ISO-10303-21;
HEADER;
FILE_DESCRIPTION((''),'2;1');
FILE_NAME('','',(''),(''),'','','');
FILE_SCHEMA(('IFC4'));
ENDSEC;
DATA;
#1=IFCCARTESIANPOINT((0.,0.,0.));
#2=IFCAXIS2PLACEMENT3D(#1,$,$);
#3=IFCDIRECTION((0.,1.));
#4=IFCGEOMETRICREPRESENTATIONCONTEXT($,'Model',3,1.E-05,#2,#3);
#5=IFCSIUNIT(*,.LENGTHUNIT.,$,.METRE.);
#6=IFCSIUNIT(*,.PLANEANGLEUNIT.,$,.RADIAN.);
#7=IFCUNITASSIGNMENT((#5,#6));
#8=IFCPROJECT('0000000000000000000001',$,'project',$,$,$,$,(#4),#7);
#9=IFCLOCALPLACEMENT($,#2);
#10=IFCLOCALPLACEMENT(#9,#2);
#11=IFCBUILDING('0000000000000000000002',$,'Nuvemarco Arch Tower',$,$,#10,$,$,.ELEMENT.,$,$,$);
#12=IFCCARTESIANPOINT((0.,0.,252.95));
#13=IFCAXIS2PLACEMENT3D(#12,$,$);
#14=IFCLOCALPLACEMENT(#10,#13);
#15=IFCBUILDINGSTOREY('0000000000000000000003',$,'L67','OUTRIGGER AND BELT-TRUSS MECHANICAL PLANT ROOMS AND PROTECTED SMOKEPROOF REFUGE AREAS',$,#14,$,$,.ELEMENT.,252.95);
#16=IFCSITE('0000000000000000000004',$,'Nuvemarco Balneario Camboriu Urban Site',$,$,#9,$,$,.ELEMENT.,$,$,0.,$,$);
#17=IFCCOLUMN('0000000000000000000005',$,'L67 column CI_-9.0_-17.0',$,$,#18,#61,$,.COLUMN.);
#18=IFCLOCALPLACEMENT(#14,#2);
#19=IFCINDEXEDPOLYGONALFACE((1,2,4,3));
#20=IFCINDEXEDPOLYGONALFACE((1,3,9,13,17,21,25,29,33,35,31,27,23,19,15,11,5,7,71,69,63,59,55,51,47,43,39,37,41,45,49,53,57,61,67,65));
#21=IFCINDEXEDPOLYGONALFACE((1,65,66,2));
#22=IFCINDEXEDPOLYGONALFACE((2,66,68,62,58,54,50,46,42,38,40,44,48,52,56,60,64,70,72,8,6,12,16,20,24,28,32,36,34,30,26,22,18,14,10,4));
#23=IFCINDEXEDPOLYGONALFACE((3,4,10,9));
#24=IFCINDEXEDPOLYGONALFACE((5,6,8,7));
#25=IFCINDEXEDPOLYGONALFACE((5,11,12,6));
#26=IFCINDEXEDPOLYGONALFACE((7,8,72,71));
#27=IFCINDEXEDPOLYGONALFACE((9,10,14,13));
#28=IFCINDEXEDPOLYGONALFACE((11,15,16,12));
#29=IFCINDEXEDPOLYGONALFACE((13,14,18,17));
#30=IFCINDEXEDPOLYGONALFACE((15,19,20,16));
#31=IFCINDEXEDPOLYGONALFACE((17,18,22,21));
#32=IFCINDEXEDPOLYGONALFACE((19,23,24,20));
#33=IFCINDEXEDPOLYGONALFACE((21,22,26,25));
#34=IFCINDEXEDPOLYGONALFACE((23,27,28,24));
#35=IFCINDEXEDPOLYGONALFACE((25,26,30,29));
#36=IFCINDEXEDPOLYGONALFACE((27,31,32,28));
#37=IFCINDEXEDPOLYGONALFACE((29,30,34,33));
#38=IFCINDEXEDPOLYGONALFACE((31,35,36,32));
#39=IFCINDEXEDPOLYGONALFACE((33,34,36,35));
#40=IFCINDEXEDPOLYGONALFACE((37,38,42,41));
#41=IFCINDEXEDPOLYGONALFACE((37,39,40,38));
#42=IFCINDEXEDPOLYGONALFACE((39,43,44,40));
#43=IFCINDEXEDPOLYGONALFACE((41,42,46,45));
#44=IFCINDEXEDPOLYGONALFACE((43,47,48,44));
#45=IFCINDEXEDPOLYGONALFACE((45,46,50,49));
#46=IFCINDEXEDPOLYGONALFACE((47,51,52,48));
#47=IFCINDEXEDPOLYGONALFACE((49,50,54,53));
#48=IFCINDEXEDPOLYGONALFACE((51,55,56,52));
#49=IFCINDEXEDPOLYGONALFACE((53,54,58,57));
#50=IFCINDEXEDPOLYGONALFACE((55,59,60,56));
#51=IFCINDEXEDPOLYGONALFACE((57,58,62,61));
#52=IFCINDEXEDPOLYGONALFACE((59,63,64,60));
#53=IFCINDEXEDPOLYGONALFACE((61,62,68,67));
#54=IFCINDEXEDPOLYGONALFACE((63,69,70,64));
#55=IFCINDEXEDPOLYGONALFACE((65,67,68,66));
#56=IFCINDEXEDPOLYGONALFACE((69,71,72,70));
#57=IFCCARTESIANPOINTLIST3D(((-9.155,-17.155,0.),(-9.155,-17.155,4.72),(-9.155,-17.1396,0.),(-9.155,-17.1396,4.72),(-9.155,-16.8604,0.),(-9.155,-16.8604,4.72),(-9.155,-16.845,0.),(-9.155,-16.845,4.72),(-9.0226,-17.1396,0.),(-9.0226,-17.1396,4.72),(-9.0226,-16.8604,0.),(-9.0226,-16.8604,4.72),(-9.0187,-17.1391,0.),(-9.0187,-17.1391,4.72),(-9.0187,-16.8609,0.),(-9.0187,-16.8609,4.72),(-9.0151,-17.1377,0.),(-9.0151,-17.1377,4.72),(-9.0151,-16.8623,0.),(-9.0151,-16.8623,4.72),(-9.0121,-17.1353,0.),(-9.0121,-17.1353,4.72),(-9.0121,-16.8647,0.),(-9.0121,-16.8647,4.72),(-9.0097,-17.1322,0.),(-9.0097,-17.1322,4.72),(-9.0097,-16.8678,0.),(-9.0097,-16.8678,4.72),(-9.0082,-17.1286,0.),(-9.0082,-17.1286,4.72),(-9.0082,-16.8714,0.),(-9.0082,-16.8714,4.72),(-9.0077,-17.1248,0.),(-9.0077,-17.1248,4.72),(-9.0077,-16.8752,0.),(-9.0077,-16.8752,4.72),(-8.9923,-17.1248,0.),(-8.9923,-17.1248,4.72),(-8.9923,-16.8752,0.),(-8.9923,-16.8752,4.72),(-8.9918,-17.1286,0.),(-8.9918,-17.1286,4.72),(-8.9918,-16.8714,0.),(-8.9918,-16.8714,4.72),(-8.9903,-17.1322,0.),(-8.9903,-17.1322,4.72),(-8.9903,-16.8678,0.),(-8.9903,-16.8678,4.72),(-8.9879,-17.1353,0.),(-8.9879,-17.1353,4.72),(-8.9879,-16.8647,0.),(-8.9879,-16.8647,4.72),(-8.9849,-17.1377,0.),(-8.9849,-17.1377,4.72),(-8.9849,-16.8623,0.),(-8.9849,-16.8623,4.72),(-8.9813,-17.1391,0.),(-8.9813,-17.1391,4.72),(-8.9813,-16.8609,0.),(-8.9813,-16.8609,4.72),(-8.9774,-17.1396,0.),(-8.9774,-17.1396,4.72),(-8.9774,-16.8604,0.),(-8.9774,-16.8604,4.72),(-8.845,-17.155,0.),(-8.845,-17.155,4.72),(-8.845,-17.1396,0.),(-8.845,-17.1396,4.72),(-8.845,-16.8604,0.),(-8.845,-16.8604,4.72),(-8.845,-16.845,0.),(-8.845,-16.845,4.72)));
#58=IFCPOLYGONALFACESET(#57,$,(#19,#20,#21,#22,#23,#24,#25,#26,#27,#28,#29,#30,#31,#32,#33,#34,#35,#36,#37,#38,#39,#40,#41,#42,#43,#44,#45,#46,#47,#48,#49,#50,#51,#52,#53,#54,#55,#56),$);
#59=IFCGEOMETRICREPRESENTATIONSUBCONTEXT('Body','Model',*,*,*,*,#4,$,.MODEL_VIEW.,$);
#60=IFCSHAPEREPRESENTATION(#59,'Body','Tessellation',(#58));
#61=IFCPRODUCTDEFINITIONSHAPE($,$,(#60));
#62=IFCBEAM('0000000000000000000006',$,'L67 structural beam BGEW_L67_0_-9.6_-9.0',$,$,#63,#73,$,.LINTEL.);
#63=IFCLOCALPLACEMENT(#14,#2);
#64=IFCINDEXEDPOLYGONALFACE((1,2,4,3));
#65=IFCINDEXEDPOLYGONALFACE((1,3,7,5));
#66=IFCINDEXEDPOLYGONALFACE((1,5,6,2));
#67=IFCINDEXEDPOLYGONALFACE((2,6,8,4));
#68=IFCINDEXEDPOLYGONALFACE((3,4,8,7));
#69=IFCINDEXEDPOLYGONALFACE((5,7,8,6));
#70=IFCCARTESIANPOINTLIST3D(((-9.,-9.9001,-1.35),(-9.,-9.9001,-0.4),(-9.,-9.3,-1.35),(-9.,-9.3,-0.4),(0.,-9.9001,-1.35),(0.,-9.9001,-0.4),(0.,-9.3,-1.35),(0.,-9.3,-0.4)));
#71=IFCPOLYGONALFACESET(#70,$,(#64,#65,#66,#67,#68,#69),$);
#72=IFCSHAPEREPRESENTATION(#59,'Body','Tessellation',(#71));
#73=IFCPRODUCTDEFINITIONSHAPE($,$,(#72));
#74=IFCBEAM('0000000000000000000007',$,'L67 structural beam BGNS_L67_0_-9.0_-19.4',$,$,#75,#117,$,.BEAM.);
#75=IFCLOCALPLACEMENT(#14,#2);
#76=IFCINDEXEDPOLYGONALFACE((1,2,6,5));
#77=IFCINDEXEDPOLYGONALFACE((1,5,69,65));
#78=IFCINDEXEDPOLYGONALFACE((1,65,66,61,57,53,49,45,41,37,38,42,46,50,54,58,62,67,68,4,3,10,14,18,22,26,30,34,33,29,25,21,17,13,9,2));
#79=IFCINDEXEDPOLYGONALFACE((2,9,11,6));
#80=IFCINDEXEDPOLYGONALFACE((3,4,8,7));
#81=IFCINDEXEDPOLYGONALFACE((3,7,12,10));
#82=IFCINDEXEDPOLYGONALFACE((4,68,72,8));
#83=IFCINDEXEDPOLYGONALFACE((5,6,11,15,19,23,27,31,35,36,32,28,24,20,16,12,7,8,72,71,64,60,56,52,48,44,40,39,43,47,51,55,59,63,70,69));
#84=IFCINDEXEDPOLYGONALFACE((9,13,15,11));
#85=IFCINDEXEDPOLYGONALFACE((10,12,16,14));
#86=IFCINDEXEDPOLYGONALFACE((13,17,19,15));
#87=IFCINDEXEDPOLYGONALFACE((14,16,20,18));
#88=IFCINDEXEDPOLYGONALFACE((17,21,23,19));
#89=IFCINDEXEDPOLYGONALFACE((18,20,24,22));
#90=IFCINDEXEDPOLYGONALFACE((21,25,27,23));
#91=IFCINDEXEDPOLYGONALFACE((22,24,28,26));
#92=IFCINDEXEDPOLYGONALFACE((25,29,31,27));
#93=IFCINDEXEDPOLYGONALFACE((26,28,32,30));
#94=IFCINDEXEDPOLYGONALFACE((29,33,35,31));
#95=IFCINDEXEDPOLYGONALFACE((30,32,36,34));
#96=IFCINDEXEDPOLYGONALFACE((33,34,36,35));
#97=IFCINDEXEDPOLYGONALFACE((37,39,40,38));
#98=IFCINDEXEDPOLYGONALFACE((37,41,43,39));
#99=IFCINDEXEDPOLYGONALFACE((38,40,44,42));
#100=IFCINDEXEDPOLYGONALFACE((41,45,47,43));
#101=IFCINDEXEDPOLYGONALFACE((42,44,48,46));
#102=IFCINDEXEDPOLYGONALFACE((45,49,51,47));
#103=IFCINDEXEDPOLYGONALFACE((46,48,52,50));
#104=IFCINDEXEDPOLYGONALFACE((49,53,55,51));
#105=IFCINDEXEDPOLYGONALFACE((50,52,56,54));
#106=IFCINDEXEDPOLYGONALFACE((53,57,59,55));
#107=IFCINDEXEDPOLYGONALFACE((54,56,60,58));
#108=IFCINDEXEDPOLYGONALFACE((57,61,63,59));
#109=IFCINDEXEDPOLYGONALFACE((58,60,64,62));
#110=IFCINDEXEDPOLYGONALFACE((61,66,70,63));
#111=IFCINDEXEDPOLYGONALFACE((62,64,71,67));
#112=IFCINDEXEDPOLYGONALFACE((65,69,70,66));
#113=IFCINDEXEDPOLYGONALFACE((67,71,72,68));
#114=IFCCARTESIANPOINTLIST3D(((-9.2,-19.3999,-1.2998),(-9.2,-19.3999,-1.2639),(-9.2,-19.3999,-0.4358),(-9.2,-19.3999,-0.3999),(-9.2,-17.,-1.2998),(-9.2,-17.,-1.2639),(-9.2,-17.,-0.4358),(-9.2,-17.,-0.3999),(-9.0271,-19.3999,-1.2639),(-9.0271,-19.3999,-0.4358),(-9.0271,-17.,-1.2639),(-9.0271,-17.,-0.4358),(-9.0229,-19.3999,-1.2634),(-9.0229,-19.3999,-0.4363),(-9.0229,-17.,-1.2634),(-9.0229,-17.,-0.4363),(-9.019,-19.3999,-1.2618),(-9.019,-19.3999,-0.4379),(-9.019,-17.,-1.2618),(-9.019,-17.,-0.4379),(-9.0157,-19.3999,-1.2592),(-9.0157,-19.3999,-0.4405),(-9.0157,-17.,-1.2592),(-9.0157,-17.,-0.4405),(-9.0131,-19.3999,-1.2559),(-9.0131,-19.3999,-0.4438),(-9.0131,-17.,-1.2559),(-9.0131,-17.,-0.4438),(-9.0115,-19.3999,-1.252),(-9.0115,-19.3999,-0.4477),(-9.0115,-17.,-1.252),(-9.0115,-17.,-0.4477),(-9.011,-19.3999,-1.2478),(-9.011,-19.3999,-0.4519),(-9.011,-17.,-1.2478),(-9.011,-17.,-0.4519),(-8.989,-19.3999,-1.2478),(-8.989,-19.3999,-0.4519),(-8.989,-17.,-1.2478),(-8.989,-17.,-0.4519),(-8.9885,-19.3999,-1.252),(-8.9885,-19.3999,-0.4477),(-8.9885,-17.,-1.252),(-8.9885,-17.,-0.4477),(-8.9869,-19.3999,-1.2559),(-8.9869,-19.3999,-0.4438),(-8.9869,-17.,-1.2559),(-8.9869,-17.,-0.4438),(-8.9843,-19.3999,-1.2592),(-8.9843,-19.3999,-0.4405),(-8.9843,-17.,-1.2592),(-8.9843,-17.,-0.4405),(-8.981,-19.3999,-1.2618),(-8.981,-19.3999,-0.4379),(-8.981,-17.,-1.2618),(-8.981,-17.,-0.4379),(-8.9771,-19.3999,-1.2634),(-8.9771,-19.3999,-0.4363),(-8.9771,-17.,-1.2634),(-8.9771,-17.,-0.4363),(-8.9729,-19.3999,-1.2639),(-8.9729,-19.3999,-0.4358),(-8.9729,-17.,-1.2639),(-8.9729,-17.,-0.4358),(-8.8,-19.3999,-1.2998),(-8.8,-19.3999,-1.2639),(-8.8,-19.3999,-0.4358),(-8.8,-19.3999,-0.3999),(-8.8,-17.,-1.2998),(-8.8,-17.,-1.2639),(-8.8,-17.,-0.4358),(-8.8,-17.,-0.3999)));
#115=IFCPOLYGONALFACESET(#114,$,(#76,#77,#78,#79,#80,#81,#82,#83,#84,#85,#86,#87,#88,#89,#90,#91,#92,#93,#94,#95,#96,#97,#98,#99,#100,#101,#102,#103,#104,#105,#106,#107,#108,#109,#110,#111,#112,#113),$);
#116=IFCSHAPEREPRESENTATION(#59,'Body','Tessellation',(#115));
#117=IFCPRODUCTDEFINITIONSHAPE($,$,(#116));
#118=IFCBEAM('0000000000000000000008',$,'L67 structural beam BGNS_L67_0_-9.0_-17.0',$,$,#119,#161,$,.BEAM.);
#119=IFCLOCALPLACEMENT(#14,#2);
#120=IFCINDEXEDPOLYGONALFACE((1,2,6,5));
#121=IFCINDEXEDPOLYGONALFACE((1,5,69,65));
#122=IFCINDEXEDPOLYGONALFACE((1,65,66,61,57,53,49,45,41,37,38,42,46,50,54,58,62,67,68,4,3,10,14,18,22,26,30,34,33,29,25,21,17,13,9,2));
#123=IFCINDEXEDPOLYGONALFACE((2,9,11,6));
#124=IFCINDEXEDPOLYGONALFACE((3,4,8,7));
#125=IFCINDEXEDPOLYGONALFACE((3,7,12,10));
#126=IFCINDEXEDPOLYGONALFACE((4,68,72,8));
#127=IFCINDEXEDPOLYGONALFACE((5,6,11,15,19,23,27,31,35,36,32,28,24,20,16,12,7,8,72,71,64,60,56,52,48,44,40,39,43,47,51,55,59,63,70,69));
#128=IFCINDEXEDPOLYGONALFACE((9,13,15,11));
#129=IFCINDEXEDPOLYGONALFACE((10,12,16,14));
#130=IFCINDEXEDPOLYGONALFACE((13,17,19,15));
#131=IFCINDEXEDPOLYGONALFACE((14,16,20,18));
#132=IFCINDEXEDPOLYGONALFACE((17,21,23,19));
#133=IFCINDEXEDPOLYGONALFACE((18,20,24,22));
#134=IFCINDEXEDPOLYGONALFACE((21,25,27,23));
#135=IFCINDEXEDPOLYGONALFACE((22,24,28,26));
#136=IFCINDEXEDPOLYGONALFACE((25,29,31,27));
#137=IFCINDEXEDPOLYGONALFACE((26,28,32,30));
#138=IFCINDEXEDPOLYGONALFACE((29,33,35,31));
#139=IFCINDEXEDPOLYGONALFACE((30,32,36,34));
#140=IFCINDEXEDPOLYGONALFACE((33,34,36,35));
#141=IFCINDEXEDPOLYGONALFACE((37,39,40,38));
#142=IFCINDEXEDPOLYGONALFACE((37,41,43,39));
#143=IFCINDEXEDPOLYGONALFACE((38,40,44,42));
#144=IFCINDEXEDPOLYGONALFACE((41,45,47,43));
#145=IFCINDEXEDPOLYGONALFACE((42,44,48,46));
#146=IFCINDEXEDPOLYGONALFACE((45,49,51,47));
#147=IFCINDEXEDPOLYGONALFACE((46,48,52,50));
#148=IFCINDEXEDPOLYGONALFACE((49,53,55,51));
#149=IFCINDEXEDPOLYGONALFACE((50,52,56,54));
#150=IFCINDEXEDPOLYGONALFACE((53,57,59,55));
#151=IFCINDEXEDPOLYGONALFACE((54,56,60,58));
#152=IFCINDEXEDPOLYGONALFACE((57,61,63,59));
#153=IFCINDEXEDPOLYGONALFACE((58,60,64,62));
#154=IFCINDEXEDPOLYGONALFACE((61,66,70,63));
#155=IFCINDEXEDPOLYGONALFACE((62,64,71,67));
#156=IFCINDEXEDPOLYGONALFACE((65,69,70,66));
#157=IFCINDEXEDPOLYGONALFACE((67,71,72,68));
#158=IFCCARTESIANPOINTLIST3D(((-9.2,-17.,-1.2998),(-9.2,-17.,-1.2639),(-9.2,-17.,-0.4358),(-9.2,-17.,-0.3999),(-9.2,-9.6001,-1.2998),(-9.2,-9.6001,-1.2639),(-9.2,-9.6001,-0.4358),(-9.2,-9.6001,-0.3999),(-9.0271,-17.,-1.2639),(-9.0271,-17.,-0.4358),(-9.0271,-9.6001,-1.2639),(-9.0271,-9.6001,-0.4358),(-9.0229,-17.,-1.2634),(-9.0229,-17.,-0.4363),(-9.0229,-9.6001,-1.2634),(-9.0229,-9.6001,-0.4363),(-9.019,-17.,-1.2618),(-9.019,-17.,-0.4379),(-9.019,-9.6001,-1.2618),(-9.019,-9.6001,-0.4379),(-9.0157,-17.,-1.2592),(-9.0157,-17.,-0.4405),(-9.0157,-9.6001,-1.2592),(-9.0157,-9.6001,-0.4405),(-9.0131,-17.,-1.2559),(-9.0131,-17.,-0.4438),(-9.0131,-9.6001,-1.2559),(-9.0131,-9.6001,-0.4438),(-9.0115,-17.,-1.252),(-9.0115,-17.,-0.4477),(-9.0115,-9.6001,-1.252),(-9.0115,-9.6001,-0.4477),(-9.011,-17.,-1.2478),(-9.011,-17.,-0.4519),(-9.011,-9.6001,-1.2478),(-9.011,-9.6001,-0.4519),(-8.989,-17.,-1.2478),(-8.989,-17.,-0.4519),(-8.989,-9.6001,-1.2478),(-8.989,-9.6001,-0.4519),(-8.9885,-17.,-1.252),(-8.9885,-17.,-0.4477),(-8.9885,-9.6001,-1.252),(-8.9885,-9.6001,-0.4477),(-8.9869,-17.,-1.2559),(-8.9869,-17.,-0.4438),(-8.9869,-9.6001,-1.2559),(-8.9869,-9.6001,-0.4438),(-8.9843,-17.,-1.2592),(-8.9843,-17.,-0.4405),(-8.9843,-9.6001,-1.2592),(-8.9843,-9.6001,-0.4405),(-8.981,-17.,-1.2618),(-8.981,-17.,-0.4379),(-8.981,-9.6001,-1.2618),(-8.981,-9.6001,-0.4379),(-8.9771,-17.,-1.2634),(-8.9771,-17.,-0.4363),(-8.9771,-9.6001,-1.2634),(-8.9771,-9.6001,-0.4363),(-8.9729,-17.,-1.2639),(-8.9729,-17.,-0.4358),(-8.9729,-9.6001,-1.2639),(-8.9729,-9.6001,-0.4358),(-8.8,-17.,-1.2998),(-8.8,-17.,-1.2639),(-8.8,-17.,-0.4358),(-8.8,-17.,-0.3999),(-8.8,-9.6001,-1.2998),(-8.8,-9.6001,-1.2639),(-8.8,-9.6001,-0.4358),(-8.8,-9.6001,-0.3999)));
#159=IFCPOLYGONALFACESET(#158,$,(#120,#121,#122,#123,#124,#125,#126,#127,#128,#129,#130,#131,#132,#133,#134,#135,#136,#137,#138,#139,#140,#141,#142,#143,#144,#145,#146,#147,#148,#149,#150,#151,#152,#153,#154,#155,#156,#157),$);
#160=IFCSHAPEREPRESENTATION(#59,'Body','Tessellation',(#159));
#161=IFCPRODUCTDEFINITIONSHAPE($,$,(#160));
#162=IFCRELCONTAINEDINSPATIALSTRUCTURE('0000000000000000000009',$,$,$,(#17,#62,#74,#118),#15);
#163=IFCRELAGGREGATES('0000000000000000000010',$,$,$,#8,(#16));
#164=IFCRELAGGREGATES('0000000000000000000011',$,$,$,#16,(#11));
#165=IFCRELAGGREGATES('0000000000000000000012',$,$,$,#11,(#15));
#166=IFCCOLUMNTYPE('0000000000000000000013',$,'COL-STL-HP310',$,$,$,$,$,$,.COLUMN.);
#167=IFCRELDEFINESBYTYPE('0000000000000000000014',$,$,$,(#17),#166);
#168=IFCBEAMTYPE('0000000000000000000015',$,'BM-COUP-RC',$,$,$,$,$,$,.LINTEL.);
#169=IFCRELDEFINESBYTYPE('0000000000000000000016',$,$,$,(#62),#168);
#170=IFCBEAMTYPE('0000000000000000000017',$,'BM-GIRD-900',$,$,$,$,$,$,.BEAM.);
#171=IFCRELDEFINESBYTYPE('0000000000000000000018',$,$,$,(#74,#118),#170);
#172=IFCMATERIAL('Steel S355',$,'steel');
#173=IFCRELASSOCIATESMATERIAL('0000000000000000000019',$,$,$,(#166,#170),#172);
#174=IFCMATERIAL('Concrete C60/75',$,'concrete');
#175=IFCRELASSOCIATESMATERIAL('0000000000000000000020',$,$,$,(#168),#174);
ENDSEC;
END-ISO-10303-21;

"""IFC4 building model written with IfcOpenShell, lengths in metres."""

from ifc_helpers import new_model, si_unit, direction, frame, origin, origin_2d, place, context, subcontext, project, spatial, rectangle, i_section, extrude, material, material_profile, profile_set, type_object, element, save


model = new_model("IFC4")

# Units and contexts
model_context = context("Model", 3, precision=1e-05, world=origin(), true_north=direction((0.0, 1.0)))
body_context = subcontext(model_context, "Body", "Model", "MODEL_VIEW")
ifc_project = project(units=[si_unit("LENGTHUNIT", "METRE"), si_unit("PLANEANGLEUNIT", "RADIAN")], contexts=[model_context])

# Site, building, storey
site_placement = place(None, origin())
site = spatial("IfcSite", under=ifc_project, at=site_placement, Name="Nuvemarco Balneario Camboriu Urban Site", CompositionType="ELEMENT", RefElevation=0.0)
building_placement = place(site_placement, origin())
building = spatial("IfcBuilding", under=site, at=building_placement, Name="Nuvemarco Arch Tower", CompositionType="ELEMENT")
storey_placement = place(building_placement, frame((0.0, 0.0, 252.95)))
storey = spatial("IfcBuildingStorey", under=building, at=storey_placement, Name="L67", Description="OUTRIGGER AND BELT-TRUSS MECHANICAL PLANT ROOMS AND PROTECTED SMOKEPROOF REFUGE AREAS", CompositionType="ELEMENT", Elevation=252.95)

# Column
ifc_material_1 = material(Name="Steel S355", Category="steel")
ifc_material_profile_1 = material_profile(ifc_material_1, i_section(OverallWidth=0.3101, OverallDepth=0.3101, WebThickness=0.0154, FlangeThickness=0.0154, FilletRadius=0.0149, at=origin_2d()), Name="HP310x110")
ifc_profile_set_1 = profile_set([ifc_material_profile_1], Name="Steel S355")
column_type_1 = type_object("IfcColumnType", Name="COL-STL-HP310", PredefinedType="COLUMN", material=ifc_profile_set_1)
column_1_placement = place(storey_placement, frame((-9.0, -17.0, 0.0), z_axis=(0.0, 0.0, 1.0), x_axis=(1.0, 0.0, 0.0)))
element("IfcColumn", 1, at=column_1_placement, inside=storey, type_object=column_type_1, Name="L67 column CI_-9.0_-17.0", PredefinedType="COLUMN", context=body_context, shape_type="SweptSolid", body=[
    extrude(i_section(OverallWidth=0.3101, OverallDepth=0.3101, WebThickness=0.0154, FlangeThickness=0.0154, FilletRadius=0.0149, at=origin_2d()), origin(), (0.0, 0.0, 1.0), 4.72),
])

# Beams
ifc_material_2 = material(Name="Concrete C60/75", Category="concrete")
ifc_material_profile_2 = material_profile(ifc_material_2, rectangle(XDim=0.6001, YDim=0.95, at=origin_2d()), Name="RC-BM-600x950")
ifc_profile_set_2 = profile_set([ifc_material_profile_2], Name="Concrete C60/75")
beam_type_1 = type_object("IfcBeamType", Name="BM-COUP-RC", PredefinedType="LINTEL", material=ifc_profile_set_2)
beam_1_placement = place(storey_placement, frame((-9.0, -9.6001, -0.875), z_axis=(1.0, 0.0, 0.0), x_axis=(0.0, 1.0, 0.0)))
element("IfcBeam", 2, at=beam_1_placement, inside=storey, type_object=beam_type_1, Name="L67 structural beam BGEW_L67_0_-9.6_-9.0", PredefinedType="LINTEL", context=body_context, shape_type="SweptSolid", body=[
    extrude(rectangle(XDim=0.6001, YDim=0.95, at=origin_2d()), origin(), (0.0, 0.0, 1.0), 9.0),
])
ifc_material_profile_3 = material_profile(ifc_material_1, i_section(OverallWidth=0.3999, OverallDepth=0.8999, WebThickness=0.022, FlangeThickness=0.0359, FilletRadius=0.0161, at=origin_2d()), Name="PG900x400")
ifc_profile_set_3 = profile_set([ifc_material_profile_3], Name="Steel S355")
beam_type_2 = type_object("IfcBeamType", Name="BM-GIRD-900", PredefinedType="BEAM", material=ifc_profile_set_3)
beam_2_placement = place(storey_placement, frame((-9.0, -19.3999, -0.8499), z_axis=(0.0, 1.0, 0.0), x_axis=(-1.0, 0.0, 0.0)))
element("IfcBeam", 3, at=beam_2_placement, inside=storey, type_object=beam_type_2, Name="L67 structural beam BGNS_L67_0_-9.0_-19.4", PredefinedType="BEAM", context=body_context, shape_type="SweptSolid", body=[
    extrude(i_section(OverallWidth=0.3999, OverallDepth=0.8999, WebThickness=0.022, FlangeThickness=0.0359, FilletRadius=0.0161, at=origin_2d()), origin(), (0.0, 0.0, 1.0), 2.3999),
])
beam_3_placement = place(storey_placement, frame((-9.0, -17.0, -0.8499), z_axis=(0.0, 1.0, 0.0), x_axis=(-1.0, 0.0, 0.0)))
element("IfcBeam", 4, at=beam_3_placement, inside=storey, type_object=beam_type_2, Name="L67 structural beam BGNS_L67_0_-9.0_-17.0", PredefinedType="BEAM", context=body_context, shape_type="SweptSolid", body=[
    extrude(i_section(OverallWidth=0.3999, OverallDepth=0.8999, WebThickness=0.022, FlangeThickness=0.0359, FilletRadius=0.0161, at=origin_2d()), origin(), (0.0, 0.0, 1.0), 7.3999),
])

save(model, "model.ifc")
